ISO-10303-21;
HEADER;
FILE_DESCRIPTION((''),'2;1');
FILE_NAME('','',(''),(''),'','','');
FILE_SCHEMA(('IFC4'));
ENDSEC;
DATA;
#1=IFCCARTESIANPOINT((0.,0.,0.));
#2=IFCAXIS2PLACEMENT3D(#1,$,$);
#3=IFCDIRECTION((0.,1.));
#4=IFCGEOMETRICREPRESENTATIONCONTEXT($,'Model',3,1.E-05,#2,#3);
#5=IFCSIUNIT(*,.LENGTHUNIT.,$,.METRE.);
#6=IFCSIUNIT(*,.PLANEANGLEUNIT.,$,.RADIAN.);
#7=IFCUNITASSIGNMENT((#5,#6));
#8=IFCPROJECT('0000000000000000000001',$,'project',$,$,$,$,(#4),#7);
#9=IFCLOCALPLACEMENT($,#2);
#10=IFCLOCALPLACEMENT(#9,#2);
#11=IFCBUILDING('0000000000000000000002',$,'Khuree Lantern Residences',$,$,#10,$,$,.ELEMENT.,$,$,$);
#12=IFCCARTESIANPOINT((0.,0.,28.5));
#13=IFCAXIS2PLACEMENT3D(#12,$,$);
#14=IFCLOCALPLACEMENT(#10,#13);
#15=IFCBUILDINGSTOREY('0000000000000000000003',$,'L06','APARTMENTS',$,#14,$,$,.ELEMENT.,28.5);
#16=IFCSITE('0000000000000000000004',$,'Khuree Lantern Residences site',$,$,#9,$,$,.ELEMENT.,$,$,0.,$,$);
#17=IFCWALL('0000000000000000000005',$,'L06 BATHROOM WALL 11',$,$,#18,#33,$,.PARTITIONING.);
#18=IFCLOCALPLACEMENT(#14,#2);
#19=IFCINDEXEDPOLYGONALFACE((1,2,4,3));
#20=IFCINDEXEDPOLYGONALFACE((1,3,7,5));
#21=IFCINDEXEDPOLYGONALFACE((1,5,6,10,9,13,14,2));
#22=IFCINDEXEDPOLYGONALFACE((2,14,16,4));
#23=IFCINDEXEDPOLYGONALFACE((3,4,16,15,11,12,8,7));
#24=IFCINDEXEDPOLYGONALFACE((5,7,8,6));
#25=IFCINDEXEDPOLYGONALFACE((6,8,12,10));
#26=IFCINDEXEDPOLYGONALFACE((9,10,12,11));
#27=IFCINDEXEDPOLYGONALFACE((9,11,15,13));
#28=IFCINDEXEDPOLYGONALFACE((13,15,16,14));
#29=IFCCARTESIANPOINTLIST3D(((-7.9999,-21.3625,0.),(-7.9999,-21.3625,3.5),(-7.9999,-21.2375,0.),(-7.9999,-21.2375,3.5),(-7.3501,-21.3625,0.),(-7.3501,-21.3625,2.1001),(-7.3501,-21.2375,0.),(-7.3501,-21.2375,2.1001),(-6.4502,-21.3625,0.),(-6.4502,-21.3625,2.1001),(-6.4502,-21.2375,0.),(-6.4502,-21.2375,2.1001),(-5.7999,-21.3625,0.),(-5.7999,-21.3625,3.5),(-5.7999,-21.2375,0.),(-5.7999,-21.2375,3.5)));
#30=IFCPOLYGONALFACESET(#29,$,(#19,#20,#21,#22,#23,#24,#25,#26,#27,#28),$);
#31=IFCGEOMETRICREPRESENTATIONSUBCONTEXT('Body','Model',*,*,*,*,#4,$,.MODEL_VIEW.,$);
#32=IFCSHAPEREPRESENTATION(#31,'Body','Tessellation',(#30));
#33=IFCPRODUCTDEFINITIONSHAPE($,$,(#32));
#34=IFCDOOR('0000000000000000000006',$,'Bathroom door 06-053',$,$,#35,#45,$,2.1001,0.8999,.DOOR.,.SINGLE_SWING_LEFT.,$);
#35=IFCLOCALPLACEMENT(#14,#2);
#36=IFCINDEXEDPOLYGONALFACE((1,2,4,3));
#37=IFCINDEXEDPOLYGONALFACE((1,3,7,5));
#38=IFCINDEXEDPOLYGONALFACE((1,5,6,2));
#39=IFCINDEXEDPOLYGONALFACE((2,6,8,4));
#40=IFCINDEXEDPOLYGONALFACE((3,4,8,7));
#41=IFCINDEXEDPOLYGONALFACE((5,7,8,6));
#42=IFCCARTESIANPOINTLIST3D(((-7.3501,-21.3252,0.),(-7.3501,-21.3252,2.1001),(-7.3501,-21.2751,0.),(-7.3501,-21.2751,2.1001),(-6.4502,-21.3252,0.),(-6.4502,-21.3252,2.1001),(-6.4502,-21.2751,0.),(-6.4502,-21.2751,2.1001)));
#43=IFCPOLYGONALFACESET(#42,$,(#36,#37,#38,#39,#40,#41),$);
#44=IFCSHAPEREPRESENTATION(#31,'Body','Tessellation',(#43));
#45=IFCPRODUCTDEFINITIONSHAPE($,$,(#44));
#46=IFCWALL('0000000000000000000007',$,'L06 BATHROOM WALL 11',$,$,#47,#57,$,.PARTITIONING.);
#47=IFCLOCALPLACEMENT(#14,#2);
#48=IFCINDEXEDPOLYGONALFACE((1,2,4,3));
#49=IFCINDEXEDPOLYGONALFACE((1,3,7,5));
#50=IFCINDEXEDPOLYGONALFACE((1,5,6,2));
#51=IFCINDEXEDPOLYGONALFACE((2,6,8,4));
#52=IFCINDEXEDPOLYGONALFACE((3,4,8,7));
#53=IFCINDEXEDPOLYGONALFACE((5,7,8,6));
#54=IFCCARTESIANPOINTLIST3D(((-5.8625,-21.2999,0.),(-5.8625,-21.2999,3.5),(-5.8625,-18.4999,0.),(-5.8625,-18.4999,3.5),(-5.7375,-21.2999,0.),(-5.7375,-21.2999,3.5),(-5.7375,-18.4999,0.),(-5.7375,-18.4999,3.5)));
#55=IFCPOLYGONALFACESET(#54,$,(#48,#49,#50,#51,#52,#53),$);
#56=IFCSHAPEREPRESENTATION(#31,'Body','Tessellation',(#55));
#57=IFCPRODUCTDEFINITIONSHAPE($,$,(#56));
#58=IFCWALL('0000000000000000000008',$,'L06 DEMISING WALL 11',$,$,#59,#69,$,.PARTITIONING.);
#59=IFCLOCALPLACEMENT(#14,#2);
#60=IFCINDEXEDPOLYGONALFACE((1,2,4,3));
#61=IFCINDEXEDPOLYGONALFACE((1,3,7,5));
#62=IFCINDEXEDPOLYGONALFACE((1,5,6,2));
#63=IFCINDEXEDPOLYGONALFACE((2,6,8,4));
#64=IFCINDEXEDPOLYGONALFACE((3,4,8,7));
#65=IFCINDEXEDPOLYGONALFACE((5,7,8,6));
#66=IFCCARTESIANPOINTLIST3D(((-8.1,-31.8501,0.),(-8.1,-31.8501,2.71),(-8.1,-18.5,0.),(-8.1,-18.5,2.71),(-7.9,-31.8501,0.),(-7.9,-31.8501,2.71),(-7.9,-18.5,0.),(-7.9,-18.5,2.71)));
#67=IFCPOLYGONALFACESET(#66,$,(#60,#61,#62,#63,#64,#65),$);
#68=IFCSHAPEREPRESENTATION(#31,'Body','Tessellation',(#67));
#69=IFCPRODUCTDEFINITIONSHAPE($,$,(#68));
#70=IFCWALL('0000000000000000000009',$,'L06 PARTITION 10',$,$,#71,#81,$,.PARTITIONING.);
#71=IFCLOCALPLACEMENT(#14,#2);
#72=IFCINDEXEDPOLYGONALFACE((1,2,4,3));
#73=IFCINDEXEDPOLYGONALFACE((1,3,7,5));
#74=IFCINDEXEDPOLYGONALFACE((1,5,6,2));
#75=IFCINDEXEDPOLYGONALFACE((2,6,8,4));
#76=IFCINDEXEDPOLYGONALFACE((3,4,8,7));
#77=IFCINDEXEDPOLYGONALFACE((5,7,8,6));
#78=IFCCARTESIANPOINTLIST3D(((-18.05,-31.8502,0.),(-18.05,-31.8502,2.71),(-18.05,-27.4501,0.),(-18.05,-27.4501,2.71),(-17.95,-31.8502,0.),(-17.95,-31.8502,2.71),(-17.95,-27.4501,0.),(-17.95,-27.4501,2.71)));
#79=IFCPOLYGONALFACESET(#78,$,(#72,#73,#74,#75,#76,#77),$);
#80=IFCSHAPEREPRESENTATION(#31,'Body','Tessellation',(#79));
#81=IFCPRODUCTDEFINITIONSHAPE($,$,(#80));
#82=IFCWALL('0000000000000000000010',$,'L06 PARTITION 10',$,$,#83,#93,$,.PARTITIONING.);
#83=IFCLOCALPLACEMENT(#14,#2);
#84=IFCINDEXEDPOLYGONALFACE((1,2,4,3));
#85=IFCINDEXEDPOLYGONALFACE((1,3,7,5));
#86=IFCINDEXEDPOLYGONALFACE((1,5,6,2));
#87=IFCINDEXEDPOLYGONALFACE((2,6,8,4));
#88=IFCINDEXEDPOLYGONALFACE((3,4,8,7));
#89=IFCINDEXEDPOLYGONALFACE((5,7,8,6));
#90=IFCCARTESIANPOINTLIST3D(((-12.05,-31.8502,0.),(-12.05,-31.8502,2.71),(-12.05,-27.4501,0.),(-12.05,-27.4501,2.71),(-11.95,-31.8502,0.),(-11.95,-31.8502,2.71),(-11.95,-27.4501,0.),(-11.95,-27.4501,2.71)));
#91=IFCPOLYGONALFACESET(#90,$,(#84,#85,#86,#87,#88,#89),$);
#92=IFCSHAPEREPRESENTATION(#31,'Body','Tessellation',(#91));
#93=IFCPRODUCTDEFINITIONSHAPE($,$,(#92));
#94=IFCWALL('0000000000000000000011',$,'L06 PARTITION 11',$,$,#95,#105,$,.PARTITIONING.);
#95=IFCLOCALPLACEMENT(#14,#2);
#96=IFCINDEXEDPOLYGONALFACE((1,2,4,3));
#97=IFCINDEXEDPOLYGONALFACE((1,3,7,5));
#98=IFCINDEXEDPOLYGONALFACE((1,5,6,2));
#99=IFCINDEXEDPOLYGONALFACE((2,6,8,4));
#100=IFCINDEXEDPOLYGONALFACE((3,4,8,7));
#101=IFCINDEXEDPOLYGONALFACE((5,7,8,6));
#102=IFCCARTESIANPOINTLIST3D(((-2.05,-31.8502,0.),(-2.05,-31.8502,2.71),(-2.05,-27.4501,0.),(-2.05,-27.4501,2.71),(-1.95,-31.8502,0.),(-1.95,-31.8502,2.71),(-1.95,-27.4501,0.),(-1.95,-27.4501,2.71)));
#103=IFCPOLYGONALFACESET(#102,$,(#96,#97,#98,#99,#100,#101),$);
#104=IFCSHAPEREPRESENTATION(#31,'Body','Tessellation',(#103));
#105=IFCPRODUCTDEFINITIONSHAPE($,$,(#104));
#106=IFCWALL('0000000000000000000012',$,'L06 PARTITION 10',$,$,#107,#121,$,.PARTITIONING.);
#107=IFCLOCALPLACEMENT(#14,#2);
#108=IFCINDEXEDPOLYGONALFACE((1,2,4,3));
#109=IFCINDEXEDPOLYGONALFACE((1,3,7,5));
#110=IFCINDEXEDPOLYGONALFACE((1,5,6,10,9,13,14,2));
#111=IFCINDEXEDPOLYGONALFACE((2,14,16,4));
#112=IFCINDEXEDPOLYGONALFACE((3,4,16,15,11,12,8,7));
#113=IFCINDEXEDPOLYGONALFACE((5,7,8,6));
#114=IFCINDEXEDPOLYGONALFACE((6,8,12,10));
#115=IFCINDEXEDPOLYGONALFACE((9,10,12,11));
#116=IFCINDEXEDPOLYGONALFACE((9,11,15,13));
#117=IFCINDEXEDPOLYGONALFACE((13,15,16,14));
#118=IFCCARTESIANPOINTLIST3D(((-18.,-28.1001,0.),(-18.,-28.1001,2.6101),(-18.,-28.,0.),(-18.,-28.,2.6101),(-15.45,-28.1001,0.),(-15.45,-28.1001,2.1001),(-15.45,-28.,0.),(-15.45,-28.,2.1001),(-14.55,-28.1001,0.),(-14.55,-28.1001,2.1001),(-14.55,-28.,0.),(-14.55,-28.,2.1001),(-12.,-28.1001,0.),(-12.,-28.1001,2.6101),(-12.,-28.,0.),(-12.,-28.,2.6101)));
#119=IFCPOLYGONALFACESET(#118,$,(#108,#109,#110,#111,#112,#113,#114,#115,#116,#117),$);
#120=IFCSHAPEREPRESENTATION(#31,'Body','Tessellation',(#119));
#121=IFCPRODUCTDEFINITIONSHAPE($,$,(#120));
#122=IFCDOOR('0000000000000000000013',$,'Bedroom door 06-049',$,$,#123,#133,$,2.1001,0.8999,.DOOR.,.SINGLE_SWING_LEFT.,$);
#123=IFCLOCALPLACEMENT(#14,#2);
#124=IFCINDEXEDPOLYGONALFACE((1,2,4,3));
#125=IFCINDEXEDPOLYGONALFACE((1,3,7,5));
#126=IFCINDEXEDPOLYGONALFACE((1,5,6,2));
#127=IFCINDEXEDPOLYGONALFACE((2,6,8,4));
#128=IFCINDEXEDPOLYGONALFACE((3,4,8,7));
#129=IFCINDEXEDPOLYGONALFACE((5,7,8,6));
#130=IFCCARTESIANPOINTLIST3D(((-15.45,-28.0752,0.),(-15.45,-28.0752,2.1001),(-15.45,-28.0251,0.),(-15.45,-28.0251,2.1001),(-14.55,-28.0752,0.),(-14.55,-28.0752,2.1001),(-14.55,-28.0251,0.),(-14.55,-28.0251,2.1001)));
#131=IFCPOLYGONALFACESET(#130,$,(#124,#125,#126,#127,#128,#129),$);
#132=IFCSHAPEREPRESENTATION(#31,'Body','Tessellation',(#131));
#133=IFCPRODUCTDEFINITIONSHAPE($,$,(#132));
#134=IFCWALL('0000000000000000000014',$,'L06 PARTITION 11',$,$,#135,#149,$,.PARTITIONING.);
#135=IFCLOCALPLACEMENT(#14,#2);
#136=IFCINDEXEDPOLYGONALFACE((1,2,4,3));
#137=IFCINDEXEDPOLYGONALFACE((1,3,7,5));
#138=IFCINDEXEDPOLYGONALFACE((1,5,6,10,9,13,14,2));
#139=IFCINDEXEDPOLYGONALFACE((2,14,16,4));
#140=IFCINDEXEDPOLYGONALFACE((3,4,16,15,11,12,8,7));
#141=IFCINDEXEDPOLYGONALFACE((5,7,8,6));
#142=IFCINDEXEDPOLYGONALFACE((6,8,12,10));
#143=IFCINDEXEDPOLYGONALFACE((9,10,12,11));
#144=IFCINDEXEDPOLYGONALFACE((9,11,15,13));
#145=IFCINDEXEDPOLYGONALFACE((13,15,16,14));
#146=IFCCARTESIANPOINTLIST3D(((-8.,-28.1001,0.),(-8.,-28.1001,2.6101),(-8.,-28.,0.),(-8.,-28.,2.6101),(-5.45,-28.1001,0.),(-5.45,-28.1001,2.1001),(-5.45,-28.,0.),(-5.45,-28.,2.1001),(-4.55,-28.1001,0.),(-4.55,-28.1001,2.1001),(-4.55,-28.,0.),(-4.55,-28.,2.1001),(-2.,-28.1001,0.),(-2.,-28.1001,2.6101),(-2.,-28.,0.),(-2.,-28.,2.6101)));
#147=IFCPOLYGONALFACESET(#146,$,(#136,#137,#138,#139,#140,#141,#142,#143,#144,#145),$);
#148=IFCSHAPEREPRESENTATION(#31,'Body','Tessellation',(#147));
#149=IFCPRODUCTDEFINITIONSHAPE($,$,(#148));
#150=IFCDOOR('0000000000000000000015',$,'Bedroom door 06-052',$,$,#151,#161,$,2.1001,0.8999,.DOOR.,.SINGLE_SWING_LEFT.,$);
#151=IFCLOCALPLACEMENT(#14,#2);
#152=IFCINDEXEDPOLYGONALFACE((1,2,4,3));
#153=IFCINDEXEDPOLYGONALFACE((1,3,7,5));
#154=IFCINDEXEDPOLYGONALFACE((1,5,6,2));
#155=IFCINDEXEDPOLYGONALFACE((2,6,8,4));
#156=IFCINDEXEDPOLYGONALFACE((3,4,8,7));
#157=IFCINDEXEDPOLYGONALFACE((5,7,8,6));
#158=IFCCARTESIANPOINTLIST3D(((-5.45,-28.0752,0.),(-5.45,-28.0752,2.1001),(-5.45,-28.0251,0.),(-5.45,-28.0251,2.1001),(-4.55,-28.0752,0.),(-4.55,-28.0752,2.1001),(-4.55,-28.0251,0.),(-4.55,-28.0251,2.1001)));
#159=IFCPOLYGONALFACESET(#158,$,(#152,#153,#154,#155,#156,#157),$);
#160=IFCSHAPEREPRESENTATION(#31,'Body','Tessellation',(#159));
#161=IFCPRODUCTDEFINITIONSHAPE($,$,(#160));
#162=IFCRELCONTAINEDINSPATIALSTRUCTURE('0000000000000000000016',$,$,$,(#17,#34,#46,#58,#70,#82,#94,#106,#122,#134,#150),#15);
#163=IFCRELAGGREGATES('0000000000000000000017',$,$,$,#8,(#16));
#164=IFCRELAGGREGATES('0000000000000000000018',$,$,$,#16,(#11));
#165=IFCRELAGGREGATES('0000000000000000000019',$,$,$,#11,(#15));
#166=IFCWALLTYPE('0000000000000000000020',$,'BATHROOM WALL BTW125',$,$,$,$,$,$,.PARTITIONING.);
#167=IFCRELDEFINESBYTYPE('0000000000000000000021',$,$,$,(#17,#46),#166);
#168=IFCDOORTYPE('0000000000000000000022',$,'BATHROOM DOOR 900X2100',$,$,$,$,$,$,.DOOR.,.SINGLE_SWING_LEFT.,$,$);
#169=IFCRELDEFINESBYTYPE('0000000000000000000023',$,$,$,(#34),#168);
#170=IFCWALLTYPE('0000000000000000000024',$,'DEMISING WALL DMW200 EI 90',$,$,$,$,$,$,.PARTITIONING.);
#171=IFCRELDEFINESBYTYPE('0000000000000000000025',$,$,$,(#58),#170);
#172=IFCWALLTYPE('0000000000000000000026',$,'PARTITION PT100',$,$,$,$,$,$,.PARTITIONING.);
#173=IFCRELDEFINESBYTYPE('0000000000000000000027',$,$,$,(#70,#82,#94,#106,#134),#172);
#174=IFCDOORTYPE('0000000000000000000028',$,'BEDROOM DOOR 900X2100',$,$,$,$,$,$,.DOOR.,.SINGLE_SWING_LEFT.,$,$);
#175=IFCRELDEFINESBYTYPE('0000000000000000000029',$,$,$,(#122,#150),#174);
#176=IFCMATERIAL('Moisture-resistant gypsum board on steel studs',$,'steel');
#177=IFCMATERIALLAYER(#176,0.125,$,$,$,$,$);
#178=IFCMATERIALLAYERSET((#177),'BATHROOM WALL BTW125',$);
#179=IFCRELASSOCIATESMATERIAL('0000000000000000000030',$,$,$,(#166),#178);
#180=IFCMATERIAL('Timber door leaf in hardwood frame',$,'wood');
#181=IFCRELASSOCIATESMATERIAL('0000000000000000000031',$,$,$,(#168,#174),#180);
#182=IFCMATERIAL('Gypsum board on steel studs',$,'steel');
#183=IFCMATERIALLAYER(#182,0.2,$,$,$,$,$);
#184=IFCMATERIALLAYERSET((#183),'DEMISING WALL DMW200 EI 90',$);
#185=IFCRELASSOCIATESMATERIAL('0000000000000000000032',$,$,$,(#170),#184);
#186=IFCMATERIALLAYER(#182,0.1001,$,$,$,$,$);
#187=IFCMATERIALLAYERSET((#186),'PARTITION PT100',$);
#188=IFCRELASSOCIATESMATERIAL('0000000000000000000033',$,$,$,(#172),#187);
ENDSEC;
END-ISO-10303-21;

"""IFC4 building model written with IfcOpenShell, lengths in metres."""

from ifc_helpers import new_model, si_unit, direction, frame, frame_2d, origin, place, context, subcontext, project, spatial, rectangle, extrude, material, layer, layer_set, type_object, element, fill, save


model = new_model("IFC4")

# Units and contexts
model_context = context("Model", 3, precision=1e-05, world=origin(), true_north=direction((0.0, 1.0)))
body_context = subcontext(model_context, "Body", "Model", "MODEL_VIEW")
ifc_project = project(units=[si_unit("LENGTHUNIT", "METRE"), si_unit("PLANEANGLEUNIT", "RADIAN")], contexts=[model_context])

# Site, building, storey
site_placement = place(None, origin())
site = spatial("IfcSite", under=ifc_project, at=site_placement, Name="Khuree Lantern Residences site", CompositionType="ELEMENT", RefElevation=0.0)
building_placement = place(site_placement, origin())
building = spatial("IfcBuilding", under=site, at=building_placement, Name="Khuree Lantern Residences", CompositionType="ELEMENT")
storey_placement = place(building_placement, frame((0.0, 0.0, 28.5)))
storey = spatial("IfcBuildingStorey", under=building, at=storey_placement, Name="L06", Description="APARTMENTS", CompositionType="ELEMENT", Elevation=28.5)

# Shared definitions
ifc_material_1 = material(Name="Moisture-resistant gypsum board on steel studs", Category="steel")
ifc_layer_1 = layer(ifc_material_1, 0.125)
ifc_layer_set_1 = layer_set([ifc_layer_1], Name="BATHROOM WALL BTW125")
wall_type_1 = type_object("IfcWallType", Name="BATHROOM WALL BTW125", PredefinedType="PARTITIONING", material=ifc_layer_set_1)

# Wall, opening, door
wall_1_placement = place(storey_placement, frame((-8.0, -21.3, 0.0), z_axis=(0.0, 0.0, 1.0), x_axis=(1.0, 0.0, 0.0)))
wall_1 = element("IfcWall", 1, at=wall_1_placement, inside=storey, type_object=wall_type_1, Name="L06 BATHROOM WALL 11", PredefinedType="PARTITIONING", context=body_context, shape_type="SweptSolid", body=[
    extrude(rectangle(XDim=2.2, YDim=0.125, at=frame_2d((1.1001, 0.0))), origin(), (0.0, 0.0, 1.0), 3.5),
])
opening_1_placement = place(wall_1_placement, frame((0.6499, 0.0, 0.0)))
opening_1 = element("IfcOpeningElement", 2, at=opening_1_placement, cuts=wall_1, PredefinedType="OPENING", context=body_context, shape_type="SweptSolid", body=[
    extrude(rectangle(XDim=0.8999, YDim=2.1001, at=frame_2d((0.45, 1.05))), frame((0.0, 0.0725, 0.0), z_axis=(0.0, -1.0, 0.0), x_axis=(1.0, 0.0, 0.0)), (0.0, 0.0, 1.0), 0.145),
])
ifc_material_2 = material(Name="Timber door leaf in hardwood frame", Category="wood")
door_type_1 = type_object("IfcDoorType", Name="BATHROOM DOOR 900X2100", OperationType="SINGLE_SWING_LEFT", PredefinedType="DOOR", material=ifc_material_2)
door_1_placement = place(opening_1_placement, origin())
door_1 = element("IfcDoor", 3, at=door_1_placement, inside=storey, type_object=door_type_1, Name="Bathroom door 06-053", OperationType="SINGLE_SWING_LEFT", OverallHeight=2.1001, OverallWidth=0.8999, PredefinedType="DOOR", context=body_context, shape_type="SweptSolid", body=[
    extrude(rectangle(XDim=0.8999, YDim=2.1001, at=frame_2d((0.45, 1.05))), frame((0.0, 0.0249, 0.0), z_axis=(0.0, -1.0, 0.0), x_axis=(1.0, 0.0, 0.0)), (0.0, 0.0, 1.0), 0.05),
])
fill(opening_1, door_1)

# Walls
wall_2_placement = place(storey_placement, frame((-5.8, -18.5, 0.0), z_axis=(0.0, 0.0, 1.0), x_axis=(0.0, -1.0, 0.0)))
element("IfcWall", 4, at=wall_2_placement, inside=storey, type_object=wall_type_1, Name="L06 BATHROOM WALL 11", PredefinedType="PARTITIONING", context=body_context, shape_type="SweptSolid", body=[
    extrude(rectangle(XDim=2.8, YDim=0.125, at=frame_2d((1.3999, 0.0))), origin(), (0.0, 0.0, 1.0), 3.5),
])
ifc_material_3 = material(Name="Gypsum board on steel studs", Category="steel")
ifc_layer_2 = layer(ifc_material_3, 0.2)
ifc_layer_set_2 = layer_set([ifc_layer_2], Name="DEMISING WALL DMW200 EI 90")
wall_type_2 = type_object("IfcWallType", Name="DEMISING WALL DMW200 EI 90", PredefinedType="PARTITIONING", material=ifc_layer_set_2)
wall_3_placement = place(storey_placement, frame((-8.0, -18.5, 0.0), z_axis=(0.0, 0.0, 1.0), x_axis=(0.0, -1.0, 0.0)))
element("IfcWall", 5, at=wall_3_placement, inside=storey, type_object=wall_type_2, Name="L06 DEMISING WALL 11", PredefinedType="PARTITIONING", context=body_context, shape_type="SweptSolid", body=[
    extrude(rectangle(XDim=13.3501, YDim=0.2, at=frame_2d((6.675, 0.0))), origin(), (0.0, 0.0, 1.0), 2.71),
])
ifc_layer_3 = layer(ifc_material_3, 0.1001)
ifc_layer_set_3 = layer_set([ifc_layer_3], Name="PARTITION PT100")
wall_type_3 = type_object("IfcWallType", Name="PARTITION PT100", PredefinedType="PARTITIONING", material=ifc_layer_set_3)
for number, where, z_axis, x_axis, name in (
    (6, (-18.0, -27.45, 0.0), (0.0, 0.0, 1.0), (0.0, -1.0, 0.0), "L06 PARTITION 10"),
    (7, (-12.0, -27.45, 0.0), (0.0, 0.0, 1.0), (0.0, -1.0, 0.0), "L06 PARTITION 10"),
    (8, (-2.0, -27.45, 0.0), (0.0, 0.0, 1.0), (0.0, -1.0, 0.0), "L06 PARTITION 11"),
):
    element("IfcWall", number, at=place(storey_placement, frame(where, z_axis=z_axis, x_axis=x_axis)), inside=storey, type_object=wall_type_3, Name=name, PredefinedType="PARTITIONING", context=body_context, shape_type="SweptSolid", body=[
        extrude(rectangle(XDim=4.4001, YDim=0.1001, at=frame_2d((2.2002, 0.0))), origin(), (0.0, 0.0, 1.0), 2.71),
    ])

# Walls, openings, doors
wall_4_placement = place(storey_placement, frame((-18.0, -28.05, 0.0), z_axis=(0.0, 0.0, 1.0), x_axis=(1.0, 0.0, 0.0)))
wall_4 = element("IfcWall", 9, at=wall_4_placement, inside=storey, type_object=wall_type_3, Name="L06 PARTITION 10", PredefinedType="PARTITIONING", context=body_context, shape_type="SweptSolid", body=[
    extrude(rectangle(XDim=6.0, YDim=0.1001, at=frame_2d((3.0, 0.0))), origin(), (0.0, 0.0, 1.0), 2.6101),
])
opening_2_placement = place(wall_4_placement, frame((2.55, 0.0, 0.0)))
opening_2 = element("IfcOpeningElement", 10, at=opening_2_placement, cuts=wall_4, PredefinedType="OPENING", context=body_context, shape_type="SweptSolid", body=[
    extrude(rectangle(XDim=0.8999, YDim=2.1001, at=frame_2d((0.45, 1.05))), frame((0.0, 0.0601, 0.0), z_axis=(0.0, -1.0, 0.0), x_axis=(1.0, 0.0, 0.0)), (0.0, 0.0, 1.0), 0.1201),
])
door_type_2 = type_object("IfcDoorType", Name="BEDROOM DOOR 900X2100", OperationType="SINGLE_SWING_LEFT", PredefinedType="DOOR", material=ifc_material_2)
door_2_placement = place(opening_2_placement, origin())
door_2 = element("IfcDoor", 11, at=door_2_placement, inside=storey, type_object=door_type_2, Name="Bedroom door 06-049", OperationType="SINGLE_SWING_LEFT", OverallHeight=2.1001, OverallWidth=0.8999, PredefinedType="DOOR", context=body_context, shape_type="SweptSolid", body=[
    extrude(rectangle(XDim=0.8999, YDim=2.1001, at=frame_2d((0.45, 1.05))), frame((0.0, 0.0249, 0.0), z_axis=(0.0, -1.0, 0.0), x_axis=(1.0, 0.0, 0.0)), (0.0, 0.0, 1.0), 0.05),
])
fill(opening_2, door_2)
wall_5_placement = place(storey_placement, frame((-8.0, -28.05, 0.0), z_axis=(0.0, 0.0, 1.0), x_axis=(1.0, 0.0, 0.0)))
wall_5 = element("IfcWall", 12, at=wall_5_placement, inside=storey, type_object=wall_type_3, Name="L06 PARTITION 11", PredefinedType="PARTITIONING", context=body_context, shape_type="SweptSolid", body=[
    extrude(rectangle(XDim=6.0, YDim=0.1001, at=frame_2d((3.0, 0.0))), origin(), (0.0, 0.0, 1.0), 2.6101),
])
opening_3_placement = place(wall_5_placement, frame((2.55, 0.0, 0.0)))
opening_3 = element("IfcOpeningElement", 13, at=opening_3_placement, cuts=wall_5, PredefinedType="OPENING", context=body_context, shape_type="SweptSolid", body=[
    extrude(rectangle(XDim=0.8999, YDim=2.1001, at=frame_2d((0.45, 1.05))), frame((0.0, 0.0601, 0.0), z_axis=(0.0, -1.0, 0.0), x_axis=(1.0, 0.0, 0.0)), (0.0, 0.0, 1.0), 0.1201),
])
door_3_placement = place(opening_3_placement, origin())
door_3 = element("IfcDoor", 14, at=door_3_placement, inside=storey, type_object=door_type_2, Name="Bedroom door 06-052", OperationType="SINGLE_SWING_LEFT", OverallHeight=2.1001, OverallWidth=0.8999, PredefinedType="DOOR", context=body_context, shape_type="SweptSolid", body=[
    extrude(rectangle(XDim=0.8999, YDim=2.1001, at=frame_2d((0.45, 1.05))), frame((0.0, 0.0249, 0.0), z_axis=(0.0, -1.0, 0.0), x_axis=(1.0, 0.0, 0.0)), (0.0, 0.0, 1.0), 0.05),
])
fill(opening_3, door_3)

save(model, "model.ifc")
